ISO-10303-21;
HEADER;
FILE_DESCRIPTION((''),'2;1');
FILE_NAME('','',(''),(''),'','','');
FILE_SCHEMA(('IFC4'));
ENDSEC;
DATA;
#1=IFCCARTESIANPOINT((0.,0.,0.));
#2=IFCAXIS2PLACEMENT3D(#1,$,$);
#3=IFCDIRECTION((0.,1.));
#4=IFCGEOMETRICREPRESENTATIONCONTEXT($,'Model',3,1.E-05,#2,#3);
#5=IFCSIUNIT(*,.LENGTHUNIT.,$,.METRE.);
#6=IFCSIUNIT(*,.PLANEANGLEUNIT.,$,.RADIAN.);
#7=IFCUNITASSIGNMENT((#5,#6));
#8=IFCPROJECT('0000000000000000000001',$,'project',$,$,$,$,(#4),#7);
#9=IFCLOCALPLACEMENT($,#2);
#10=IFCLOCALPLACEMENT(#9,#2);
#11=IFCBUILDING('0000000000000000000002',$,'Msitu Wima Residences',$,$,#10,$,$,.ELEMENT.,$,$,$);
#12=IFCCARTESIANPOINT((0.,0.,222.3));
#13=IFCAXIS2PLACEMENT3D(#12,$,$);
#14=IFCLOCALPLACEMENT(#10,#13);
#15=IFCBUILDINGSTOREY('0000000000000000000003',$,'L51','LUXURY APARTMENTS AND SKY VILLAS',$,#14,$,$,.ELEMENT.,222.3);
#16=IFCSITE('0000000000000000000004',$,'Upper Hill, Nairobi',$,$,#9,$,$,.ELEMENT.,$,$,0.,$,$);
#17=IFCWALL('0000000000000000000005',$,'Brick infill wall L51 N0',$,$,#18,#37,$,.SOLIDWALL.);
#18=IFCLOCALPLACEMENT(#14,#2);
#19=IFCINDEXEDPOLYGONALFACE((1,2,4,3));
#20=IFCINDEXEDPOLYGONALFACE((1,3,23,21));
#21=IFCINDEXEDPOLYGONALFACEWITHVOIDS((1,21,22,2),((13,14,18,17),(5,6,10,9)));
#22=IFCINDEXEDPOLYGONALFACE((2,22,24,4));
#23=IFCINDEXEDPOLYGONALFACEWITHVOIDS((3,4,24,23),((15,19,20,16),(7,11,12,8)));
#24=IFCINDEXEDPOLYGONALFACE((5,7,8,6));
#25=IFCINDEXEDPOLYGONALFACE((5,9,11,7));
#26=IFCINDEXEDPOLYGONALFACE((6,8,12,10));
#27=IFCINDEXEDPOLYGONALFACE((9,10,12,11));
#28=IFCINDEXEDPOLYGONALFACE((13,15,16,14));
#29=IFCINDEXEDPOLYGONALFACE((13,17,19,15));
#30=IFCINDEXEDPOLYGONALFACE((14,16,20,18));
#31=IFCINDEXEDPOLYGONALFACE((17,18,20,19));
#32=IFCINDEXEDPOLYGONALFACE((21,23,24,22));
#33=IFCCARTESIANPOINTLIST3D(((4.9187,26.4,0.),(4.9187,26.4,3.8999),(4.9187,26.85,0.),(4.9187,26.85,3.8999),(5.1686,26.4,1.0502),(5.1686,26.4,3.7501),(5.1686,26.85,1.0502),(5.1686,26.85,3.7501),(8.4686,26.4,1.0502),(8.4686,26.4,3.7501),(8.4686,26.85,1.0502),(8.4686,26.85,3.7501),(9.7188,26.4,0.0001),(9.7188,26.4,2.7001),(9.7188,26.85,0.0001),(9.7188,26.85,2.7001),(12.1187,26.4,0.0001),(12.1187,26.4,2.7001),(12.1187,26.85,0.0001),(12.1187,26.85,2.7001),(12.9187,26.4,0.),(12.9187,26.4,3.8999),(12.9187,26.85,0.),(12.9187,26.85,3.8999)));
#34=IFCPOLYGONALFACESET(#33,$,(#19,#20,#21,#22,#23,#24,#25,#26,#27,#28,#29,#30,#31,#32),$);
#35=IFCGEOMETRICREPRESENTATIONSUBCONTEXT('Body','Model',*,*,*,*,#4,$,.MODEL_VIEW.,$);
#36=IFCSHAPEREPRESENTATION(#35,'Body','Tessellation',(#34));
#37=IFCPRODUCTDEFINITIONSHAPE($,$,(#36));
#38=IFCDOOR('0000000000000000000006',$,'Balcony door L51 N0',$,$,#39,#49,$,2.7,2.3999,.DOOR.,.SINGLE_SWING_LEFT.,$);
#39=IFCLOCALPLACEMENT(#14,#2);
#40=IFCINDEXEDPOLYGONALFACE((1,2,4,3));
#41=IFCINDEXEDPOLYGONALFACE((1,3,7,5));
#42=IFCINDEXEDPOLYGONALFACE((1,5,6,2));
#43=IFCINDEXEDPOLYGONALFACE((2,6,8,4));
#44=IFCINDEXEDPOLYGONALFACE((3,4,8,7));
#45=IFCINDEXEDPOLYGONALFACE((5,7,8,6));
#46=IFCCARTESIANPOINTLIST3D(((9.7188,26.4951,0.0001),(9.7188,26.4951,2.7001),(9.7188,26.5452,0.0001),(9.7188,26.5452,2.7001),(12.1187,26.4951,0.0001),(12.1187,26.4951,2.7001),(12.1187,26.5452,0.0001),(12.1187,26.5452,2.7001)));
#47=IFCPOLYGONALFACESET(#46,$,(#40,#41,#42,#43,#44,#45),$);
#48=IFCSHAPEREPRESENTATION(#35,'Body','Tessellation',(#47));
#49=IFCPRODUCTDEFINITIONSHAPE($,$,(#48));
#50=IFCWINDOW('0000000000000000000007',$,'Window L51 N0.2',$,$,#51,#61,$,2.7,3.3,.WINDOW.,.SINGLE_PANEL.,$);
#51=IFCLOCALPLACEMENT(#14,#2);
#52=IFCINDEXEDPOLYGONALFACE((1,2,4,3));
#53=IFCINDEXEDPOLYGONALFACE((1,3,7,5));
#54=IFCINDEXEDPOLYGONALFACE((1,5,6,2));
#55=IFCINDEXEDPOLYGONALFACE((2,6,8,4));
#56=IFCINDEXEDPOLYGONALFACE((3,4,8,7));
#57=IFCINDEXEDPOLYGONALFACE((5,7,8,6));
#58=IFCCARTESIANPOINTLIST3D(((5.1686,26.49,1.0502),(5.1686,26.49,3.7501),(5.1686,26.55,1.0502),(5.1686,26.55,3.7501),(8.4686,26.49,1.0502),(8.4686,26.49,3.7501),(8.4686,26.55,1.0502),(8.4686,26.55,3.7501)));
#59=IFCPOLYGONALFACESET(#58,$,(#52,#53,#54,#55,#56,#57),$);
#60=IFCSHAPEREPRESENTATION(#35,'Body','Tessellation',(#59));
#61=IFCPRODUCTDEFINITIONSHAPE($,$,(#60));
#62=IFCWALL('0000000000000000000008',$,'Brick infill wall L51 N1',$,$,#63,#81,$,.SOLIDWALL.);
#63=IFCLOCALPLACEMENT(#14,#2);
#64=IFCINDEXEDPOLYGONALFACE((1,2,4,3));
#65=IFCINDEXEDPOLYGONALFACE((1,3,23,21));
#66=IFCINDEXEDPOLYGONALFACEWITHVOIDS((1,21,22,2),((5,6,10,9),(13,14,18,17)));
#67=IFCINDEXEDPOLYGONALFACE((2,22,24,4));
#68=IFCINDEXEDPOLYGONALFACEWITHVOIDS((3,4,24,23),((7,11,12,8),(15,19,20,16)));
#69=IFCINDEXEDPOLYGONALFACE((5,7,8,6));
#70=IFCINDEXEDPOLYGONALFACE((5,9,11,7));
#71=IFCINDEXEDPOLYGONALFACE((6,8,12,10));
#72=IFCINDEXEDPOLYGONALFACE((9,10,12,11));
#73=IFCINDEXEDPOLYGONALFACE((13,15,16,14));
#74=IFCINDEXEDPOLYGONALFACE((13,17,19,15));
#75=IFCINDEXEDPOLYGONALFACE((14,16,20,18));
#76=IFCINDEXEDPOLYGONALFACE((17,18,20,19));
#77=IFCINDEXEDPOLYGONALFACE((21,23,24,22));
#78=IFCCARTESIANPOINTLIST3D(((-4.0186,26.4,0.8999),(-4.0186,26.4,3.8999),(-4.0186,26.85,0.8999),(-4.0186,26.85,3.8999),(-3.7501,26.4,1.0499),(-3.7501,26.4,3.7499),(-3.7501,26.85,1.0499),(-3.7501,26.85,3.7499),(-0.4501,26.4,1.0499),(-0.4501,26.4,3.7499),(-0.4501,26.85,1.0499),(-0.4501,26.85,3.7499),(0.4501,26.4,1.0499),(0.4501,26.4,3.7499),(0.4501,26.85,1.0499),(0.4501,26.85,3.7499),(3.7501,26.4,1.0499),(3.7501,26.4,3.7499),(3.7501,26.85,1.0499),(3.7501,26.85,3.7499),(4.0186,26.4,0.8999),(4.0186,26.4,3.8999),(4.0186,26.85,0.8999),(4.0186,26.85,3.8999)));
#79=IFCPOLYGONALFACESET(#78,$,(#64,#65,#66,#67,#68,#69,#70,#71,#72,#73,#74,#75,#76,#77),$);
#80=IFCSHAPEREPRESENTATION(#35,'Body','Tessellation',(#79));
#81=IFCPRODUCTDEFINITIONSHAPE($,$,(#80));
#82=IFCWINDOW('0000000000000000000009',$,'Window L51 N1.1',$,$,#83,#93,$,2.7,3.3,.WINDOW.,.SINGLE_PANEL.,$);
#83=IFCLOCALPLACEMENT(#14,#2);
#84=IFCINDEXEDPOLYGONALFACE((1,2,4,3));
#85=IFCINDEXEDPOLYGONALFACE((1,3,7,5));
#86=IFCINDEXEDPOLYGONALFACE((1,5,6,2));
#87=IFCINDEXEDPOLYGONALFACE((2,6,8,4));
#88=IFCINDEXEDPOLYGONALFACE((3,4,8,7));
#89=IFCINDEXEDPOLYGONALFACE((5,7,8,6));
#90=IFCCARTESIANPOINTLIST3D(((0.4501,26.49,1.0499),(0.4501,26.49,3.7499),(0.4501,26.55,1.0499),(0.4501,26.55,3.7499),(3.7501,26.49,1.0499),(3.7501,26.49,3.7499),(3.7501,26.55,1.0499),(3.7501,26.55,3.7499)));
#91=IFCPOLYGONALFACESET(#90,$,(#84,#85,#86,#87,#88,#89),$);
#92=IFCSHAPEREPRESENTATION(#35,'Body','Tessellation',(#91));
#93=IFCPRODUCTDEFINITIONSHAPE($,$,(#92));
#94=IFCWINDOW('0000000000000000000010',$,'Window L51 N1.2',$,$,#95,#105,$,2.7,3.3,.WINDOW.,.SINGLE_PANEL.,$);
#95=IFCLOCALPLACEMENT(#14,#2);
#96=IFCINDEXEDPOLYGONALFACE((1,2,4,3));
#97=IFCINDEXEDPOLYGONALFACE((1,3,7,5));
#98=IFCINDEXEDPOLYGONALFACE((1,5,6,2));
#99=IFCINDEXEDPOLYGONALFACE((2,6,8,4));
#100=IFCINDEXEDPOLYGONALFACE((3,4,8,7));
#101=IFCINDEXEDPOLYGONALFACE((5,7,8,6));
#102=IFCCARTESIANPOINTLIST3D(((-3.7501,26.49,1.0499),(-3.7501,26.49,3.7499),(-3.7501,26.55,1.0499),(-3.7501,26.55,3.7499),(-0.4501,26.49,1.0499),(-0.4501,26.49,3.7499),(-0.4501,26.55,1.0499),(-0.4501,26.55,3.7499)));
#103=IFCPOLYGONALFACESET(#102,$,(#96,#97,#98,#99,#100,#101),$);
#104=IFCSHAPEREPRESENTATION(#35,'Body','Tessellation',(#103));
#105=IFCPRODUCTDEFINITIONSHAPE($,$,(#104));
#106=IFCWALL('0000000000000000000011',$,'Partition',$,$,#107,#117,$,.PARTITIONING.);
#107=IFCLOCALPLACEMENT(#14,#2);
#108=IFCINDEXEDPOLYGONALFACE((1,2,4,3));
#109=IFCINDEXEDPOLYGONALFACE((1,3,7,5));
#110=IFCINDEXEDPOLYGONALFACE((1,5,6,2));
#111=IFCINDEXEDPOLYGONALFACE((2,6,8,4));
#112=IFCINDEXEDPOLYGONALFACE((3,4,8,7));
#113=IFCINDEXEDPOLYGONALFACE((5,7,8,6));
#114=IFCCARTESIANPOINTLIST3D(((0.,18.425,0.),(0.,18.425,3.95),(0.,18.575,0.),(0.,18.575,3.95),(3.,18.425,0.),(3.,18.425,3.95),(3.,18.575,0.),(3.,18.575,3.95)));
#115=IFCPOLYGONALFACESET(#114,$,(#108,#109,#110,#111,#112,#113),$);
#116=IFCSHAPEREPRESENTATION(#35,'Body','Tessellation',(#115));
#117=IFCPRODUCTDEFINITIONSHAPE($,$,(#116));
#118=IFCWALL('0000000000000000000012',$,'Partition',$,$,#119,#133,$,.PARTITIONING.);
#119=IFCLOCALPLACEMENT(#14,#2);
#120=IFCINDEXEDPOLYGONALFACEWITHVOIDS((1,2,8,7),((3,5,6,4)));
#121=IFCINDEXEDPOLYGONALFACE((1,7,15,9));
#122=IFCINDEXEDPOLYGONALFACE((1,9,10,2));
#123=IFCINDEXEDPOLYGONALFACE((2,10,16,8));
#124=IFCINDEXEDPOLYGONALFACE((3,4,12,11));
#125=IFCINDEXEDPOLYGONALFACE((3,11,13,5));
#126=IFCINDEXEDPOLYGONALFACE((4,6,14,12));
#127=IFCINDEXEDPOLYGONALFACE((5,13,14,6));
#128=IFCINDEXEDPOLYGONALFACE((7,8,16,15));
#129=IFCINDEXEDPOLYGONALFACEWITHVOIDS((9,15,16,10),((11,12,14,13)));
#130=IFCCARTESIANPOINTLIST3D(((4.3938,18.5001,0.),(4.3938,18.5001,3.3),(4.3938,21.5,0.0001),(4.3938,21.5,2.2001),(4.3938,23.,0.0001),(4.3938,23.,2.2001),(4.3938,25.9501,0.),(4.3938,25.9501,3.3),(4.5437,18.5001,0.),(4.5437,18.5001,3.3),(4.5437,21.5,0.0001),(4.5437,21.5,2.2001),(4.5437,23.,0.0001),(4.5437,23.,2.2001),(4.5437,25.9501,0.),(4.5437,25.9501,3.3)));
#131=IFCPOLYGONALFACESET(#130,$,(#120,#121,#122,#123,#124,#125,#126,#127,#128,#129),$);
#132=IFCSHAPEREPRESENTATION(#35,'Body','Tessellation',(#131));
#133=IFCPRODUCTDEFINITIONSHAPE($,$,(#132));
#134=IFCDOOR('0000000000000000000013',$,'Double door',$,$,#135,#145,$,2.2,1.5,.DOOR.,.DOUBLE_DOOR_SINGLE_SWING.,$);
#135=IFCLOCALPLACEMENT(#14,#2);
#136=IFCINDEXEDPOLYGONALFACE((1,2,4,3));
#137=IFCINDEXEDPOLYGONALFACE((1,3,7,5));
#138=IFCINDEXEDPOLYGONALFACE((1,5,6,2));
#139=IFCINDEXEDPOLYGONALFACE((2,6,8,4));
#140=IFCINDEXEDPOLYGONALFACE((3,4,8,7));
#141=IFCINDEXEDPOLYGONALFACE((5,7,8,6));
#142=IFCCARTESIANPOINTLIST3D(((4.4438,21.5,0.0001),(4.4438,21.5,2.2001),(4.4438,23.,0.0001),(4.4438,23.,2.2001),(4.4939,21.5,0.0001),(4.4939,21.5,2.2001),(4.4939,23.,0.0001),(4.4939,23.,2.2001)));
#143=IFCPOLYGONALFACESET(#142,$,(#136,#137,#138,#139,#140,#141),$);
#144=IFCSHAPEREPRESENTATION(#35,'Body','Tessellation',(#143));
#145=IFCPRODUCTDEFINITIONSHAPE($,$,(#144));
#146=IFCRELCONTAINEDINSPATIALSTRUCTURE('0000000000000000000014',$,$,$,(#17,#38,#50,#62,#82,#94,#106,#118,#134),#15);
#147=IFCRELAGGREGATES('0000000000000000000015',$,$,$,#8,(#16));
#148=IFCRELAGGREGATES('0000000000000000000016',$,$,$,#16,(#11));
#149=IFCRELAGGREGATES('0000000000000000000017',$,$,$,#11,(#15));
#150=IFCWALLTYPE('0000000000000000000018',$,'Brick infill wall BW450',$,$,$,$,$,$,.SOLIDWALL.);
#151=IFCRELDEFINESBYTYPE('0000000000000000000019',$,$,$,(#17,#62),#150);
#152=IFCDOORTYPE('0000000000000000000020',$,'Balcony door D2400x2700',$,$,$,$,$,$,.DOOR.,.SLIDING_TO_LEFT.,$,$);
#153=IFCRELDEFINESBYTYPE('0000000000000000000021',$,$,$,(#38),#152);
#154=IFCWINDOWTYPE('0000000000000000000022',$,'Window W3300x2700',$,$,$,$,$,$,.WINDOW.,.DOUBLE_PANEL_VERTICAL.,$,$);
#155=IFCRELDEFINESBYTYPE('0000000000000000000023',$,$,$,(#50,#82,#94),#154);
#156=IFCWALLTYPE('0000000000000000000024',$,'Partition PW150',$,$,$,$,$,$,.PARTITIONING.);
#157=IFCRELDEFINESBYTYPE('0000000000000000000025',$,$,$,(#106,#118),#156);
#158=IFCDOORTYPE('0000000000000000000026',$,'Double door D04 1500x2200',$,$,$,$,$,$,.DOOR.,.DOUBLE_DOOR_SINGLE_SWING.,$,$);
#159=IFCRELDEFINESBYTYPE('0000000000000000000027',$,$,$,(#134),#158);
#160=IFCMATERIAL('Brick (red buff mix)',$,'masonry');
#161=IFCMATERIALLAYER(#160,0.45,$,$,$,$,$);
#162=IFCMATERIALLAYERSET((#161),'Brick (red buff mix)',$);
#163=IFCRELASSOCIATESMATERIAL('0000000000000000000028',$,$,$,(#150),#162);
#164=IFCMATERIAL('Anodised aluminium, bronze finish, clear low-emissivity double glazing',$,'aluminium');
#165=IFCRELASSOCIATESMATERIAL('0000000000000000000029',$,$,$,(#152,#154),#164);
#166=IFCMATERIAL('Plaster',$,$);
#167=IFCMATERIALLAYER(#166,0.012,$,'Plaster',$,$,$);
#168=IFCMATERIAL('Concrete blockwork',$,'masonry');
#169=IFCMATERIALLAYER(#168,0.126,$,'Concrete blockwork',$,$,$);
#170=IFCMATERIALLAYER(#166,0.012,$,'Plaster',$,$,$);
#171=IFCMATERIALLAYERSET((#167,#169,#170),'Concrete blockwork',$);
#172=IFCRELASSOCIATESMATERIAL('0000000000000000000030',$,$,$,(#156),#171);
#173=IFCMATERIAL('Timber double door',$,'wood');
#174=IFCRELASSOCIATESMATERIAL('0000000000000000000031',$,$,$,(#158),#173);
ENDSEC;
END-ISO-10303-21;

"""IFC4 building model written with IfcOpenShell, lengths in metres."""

from ifc_helpers import new_model, si_unit, direction, frame, frame_2d, origin, place, context, subcontext, project, spatial, rectangle, extrude, material, layer, layer_set, type_object, element, fill, save


model = new_model("IFC4")

# Units and contexts
model_context = context("Model", 3, precision=1e-05, world=origin(), true_north=direction((0.0, 1.0)))
body_context = subcontext(model_context, "Body", "Model", "MODEL_VIEW")
ifc_project = project(units=[si_unit("LENGTHUNIT", "METRE"), si_unit("PLANEANGLEUNIT", "RADIAN")], contexts=[model_context])

# Site, building, storey
site_placement = place(None, origin())
site = spatial("IfcSite", under=ifc_project, at=site_placement, Name="Upper Hill, Nairobi", CompositionType="ELEMENT", RefElevation=0.0)
building_placement = place(site_placement, origin())
building = spatial("IfcBuilding", under=site, at=building_placement, Name="Msitu Wima Residences", CompositionType="ELEMENT")
storey_placement = place(building_placement, frame((0.0, 0.0, 222.3)))
storey = spatial("IfcBuildingStorey", under=building, at=storey_placement, Name="L51", Description="LUXURY APARTMENTS AND SKY VILLAS", CompositionType="ELEMENT", Elevation=222.3)

# Wall, openings, door, window
ifc_material_1 = material(Name="Brick (red buff mix)", Category="masonry")
ifc_layer_1 = layer(ifc_material_1, 0.45)
ifc_layer_set_1 = layer_set([ifc_layer_1], Name="Brick (red buff mix)")
wall_type_1 = type_object("IfcWallType", Name="Brick infill wall BW450", PredefinedType="SOLIDWALL", material=ifc_layer_set_1)
wall_1_placement = place(storey_placement, frame((12.9187, 26.625, 0.0), z_axis=(0.0, 0.0, 1.0), x_axis=(-1.0, 0.0, 0.0)))
wall_1 = element("IfcWall", 1, at=wall_1_placement, inside=storey, type_object=wall_type_1, Name="Brick infill wall L51 N0", PredefinedType="SOLIDWALL", context=body_context, shape_type="SweptSolid", body=[
    extrude(rectangle(XDim=8.0, YDim=0.45, at=frame_2d((4.0, 0.0))), origin(), (0.0, 0.0, 1.0), 3.8999),
])
opening_1_placement = place(wall_1_placement, frame((0.8, 0.0, 0.0)))
opening_1 = element("IfcOpeningElement", 2, at=opening_1_placement, cuts=wall_1, PredefinedType="OPENING", context=body_context, shape_type="SweptSolid", body=[
    extrude(rectangle(XDim=2.3999, YDim=2.7, at=frame_2d((1.2, 1.3501))), frame((0.0, 0.2349, 0.0), z_axis=(0.0, -1.0, 0.0), x_axis=(1.0, 0.0, 0.0)), (0.0, 0.0, 1.0), 0.47),
])
opening_2_placement = place(wall_1_placement, frame((4.4502, 0.0, 1.05)))
opening_2 = element("IfcOpeningElement", 3, at=opening_2_placement, cuts=wall_1, PredefinedType="OPENING", context=body_context, shape_type="SweptSolid", body=[
    extrude(rectangle(XDim=3.3, YDim=2.7, at=frame_2d((1.6499, 1.3501))), frame((0.0, 0.2349, 0.0), z_axis=(0.0, -1.0, 0.0), x_axis=(1.0, 0.0, 0.0)), (0.0, 0.0, 1.0), 0.47),
])
ifc_material_2 = material(Name="Anodised aluminium, bronze finish, clear low-emissivity double glazing", Category="aluminium")
door_type_1 = type_object("IfcDoorType", Name="Balcony door D2400x2700", OperationType="SLIDING_TO_LEFT", PredefinedType="DOOR", material=ifc_material_2)
door_1_placement = place(opening_1_placement, origin())
door_1 = element("IfcDoor", 4, at=door_1_placement, inside=storey, type_object=door_type_1, Name="Balcony door L51 N0", OperationType="SINGLE_SWING_LEFT", OverallHeight=2.7, OverallWidth=2.3999, PredefinedType="DOOR", context=body_context, shape_type="SweptSolid", body=[
    extrude(rectangle(XDim=2.3999, YDim=2.7, at=frame_2d((1.2, 1.3501))), frame((0.0, 0.1299, 0.0), z_axis=(0.0, -1.0, 0.0), x_axis=(1.0, 0.0, 0.0)), (0.0, 0.0, 1.0), 0.05),
])
fill(opening_1, door_1)
window_type = type_object("IfcWindowType", Name="Window W3300x2700", PartitioningType="DOUBLE_PANEL_VERTICAL", PredefinedType="WINDOW", material=ifc_material_2)
window_1_placement = place(opening_2_placement, origin())
window_1 = element("IfcWindow", 5, at=window_1_placement, inside=storey, type_object=window_type, Name="Window L51 N0.2", OverallHeight=2.7, OverallWidth=3.3, PartitioningType="SINGLE_PANEL", PredefinedType="WINDOW", context=body_context, shape_type="SweptSolid", body=[
    extrude(rectangle(XDim=3.3, YDim=2.7, at=frame_2d((1.6499, 1.3501))), frame((0.0, 0.135, 0.0), z_axis=(0.0, -1.0, 0.0), x_axis=(1.0, 0.0, 0.0)), (0.0, 0.0, 1.0), 0.0601),
])
fill(opening_2, window_1)

# Wall, openings, windows
wall_2_placement = place(storey_placement, frame((4.0186, 26.625, 0.8999), z_axis=(0.0, 0.0, 1.0), x_axis=(-1.0, 0.0, 0.0)))
wall_2 = element("IfcWall", 6, at=wall_2_placement, inside=storey, type_object=wall_type_1, Name="Brick infill wall L51 N1", PredefinedType="SOLIDWALL", context=body_context, shape_type="SweptSolid", body=[
    extrude(rectangle(XDim=8.0371, YDim=0.45, at=frame_2d((4.0186, 0.0))), origin(), (0.0, 0.0, 1.0), 3.0),
])
opening_3_placement = place(wall_2_placement, frame((0.2686, 0.0, 0.1499)))
opening_3 = element("IfcOpeningElement", 7, at=opening_3_placement, cuts=wall_2, PredefinedType="OPENING", context=body_context, shape_type="SweptSolid", body=[
    extrude(rectangle(XDim=3.3, YDim=2.7, at=frame_2d((1.6499, 1.3501))), frame((0.0, 0.2349, 0.0), z_axis=(0.0, -1.0, 0.0), x_axis=(1.0, 0.0, 0.0)), (0.0, 0.0, 1.0), 0.47),
])
opening_4_placement = place(wall_2_placement, frame((4.4688, 0.0, 0.1499)))
opening_4 = element("IfcOpeningElement", 8, at=opening_4_placement, cuts=wall_2, PredefinedType="OPENING", context=body_context, shape_type="SweptSolid", body=[
    extrude(rectangle(XDim=3.3, YDim=2.7, at=frame_2d((1.6499, 1.3501))), frame((0.0, 0.2349, 0.0), z_axis=(0.0, -1.0, 0.0), x_axis=(1.0, 0.0, 0.0)), (0.0, 0.0, 1.0), 0.47),
])
window_2_placement = place(opening_3_placement, origin())
window_2 = element("IfcWindow", 9, at=window_2_placement, inside=storey, type_object=window_type, Name="Window L51 N1.1", OverallHeight=2.7, OverallWidth=3.3, PartitioningType="SINGLE_PANEL", PredefinedType="WINDOW", context=body_context, shape_type="SweptSolid", body=[
    extrude(rectangle(XDim=3.3, YDim=2.7, at=frame_2d((1.6499, 1.3501))), frame((0.0, 0.135, 0.0), z_axis=(0.0, -1.0, 0.0), x_axis=(1.0, 0.0, 0.0)), (0.0, 0.0, 1.0), 0.0601),
])
fill(opening_3, window_2)
window_3_placement = place(opening_4_placement, origin())
window_3 = element("IfcWindow", 10, at=window_3_placement, inside=storey, type_object=window_type, Name="Window L51 N1.2", OverallHeight=2.7, OverallWidth=3.3, PartitioningType="SINGLE_PANEL", PredefinedType="WINDOW", context=body_context, shape_type="SweptSolid", body=[
    extrude(rectangle(XDim=3.3, YDim=2.7, at=frame_2d((1.6499, 1.3501))), frame((0.0, 0.135, 0.0), z_axis=(0.0, -1.0, 0.0), x_axis=(1.0, 0.0, 0.0)), (0.0, 0.0, 1.0), 0.0601),
])
fill(opening_4, window_3)

# Wall
ifc_material_3 = material(Name="Plaster")
ifc_layer_2 = layer(ifc_material_3, 0.012, Name="Plaster")
ifc_material_4 = material(Name="Concrete blockwork", Category="masonry")
ifc_layer_3 = layer(ifc_material_4, 0.126, Name="Concrete blockwork")
ifc_layer_4 = layer(ifc_material_3, 0.012, Name="Plaster")
ifc_layer_set_2 = layer_set([ifc_layer_2, ifc_layer_3, ifc_layer_4], Name="Concrete blockwork")
wall_type_2 = type_object("IfcWallType", Name="Partition PW150", PredefinedType="PARTITIONING", material=ifc_layer_set_2)
wall_3_placement = place(storey_placement, frame((0.0, 18.5, 0.0), z_axis=(0.0, 0.0, 1.0), x_axis=(1.0, 0.0, 0.0)))
element("IfcWall", 11, at=wall_3_placement, inside=storey, type_object=wall_type_2, Name="Partition", PredefinedType="PARTITIONING", context=body_context, shape_type="SweptSolid", body=[
    extrude(rectangle(XDim=3.0, YDim=0.1499, at=frame_2d((1.5, 0.0))), origin(), (0.0, 0.0, 1.0), 3.95),
])

# Wall, opening, door
wall_4_placement = place(storey_placement, frame((4.4688, 18.5, 0.0), z_axis=(0.0, 0.0, 1.0), x_axis=(0.0, 1.0, 0.0)))
wall_4 = element("IfcWall", 12, at=wall_4_placement, inside=storey, type_object=wall_type_2, Name="Partition", PredefinedType="PARTITIONING", context=body_context, shape_type="SweptSolid", body=[
    extrude(rectangle(XDim=7.45, YDim=0.1499, at=frame_2d((3.7251, 0.0))), origin(), (0.0, 0.0, 1.0), 3.3),
])
opening_5_placement = place(wall_4_placement, frame((3.0, 0.0, 0.0)))
opening_5 = element("IfcOpeningElement", 13, at=opening_5_placement, cuts=wall_4, PredefinedType="OPENING", context=body_context, shape_type="SweptSolid", body=[
    extrude(rectangle(XDim=1.5, YDim=2.2, at=frame_2d((0.75, 1.1001))), frame((0.0, 0.085, 0.0), z_axis=(0.0, -1.0, 0.0), x_axis=(1.0, 0.0, 0.0)), (0.0, 0.0, 1.0), 0.1699),
])
ifc_material_5 = material(Name="Timber double door", Category="wood")
door_type_2 = type_object("IfcDoorType", Name="Double door D04 1500x2200", OperationType="DOUBLE_DOOR_SINGLE_SWING", PredefinedType="DOOR", material=ifc_material_5)
door_2_placement = place(opening_5_placement, origin())
door_2 = element("IfcDoor", 14, at=door_2_placement, inside=storey, type_object=door_type_2, Name="Double door", OperationType="DOUBLE_DOOR_SINGLE_SWING", OverallHeight=2.2, OverallWidth=1.5, PredefinedType="DOOR", context=body_context, shape_type="SweptSolid", body=[
    extrude(rectangle(XDim=1.5, YDim=2.2, at=frame_2d((0.75, 1.1001))), frame((0.0, 0.0249, 0.0), z_axis=(0.0, -1.0, 0.0), x_axis=(1.0, 0.0, 0.0)), (0.0, 0.0, 1.0), 0.05),
])
fill(opening_5, door_2)

save(model, "model.ifc")
